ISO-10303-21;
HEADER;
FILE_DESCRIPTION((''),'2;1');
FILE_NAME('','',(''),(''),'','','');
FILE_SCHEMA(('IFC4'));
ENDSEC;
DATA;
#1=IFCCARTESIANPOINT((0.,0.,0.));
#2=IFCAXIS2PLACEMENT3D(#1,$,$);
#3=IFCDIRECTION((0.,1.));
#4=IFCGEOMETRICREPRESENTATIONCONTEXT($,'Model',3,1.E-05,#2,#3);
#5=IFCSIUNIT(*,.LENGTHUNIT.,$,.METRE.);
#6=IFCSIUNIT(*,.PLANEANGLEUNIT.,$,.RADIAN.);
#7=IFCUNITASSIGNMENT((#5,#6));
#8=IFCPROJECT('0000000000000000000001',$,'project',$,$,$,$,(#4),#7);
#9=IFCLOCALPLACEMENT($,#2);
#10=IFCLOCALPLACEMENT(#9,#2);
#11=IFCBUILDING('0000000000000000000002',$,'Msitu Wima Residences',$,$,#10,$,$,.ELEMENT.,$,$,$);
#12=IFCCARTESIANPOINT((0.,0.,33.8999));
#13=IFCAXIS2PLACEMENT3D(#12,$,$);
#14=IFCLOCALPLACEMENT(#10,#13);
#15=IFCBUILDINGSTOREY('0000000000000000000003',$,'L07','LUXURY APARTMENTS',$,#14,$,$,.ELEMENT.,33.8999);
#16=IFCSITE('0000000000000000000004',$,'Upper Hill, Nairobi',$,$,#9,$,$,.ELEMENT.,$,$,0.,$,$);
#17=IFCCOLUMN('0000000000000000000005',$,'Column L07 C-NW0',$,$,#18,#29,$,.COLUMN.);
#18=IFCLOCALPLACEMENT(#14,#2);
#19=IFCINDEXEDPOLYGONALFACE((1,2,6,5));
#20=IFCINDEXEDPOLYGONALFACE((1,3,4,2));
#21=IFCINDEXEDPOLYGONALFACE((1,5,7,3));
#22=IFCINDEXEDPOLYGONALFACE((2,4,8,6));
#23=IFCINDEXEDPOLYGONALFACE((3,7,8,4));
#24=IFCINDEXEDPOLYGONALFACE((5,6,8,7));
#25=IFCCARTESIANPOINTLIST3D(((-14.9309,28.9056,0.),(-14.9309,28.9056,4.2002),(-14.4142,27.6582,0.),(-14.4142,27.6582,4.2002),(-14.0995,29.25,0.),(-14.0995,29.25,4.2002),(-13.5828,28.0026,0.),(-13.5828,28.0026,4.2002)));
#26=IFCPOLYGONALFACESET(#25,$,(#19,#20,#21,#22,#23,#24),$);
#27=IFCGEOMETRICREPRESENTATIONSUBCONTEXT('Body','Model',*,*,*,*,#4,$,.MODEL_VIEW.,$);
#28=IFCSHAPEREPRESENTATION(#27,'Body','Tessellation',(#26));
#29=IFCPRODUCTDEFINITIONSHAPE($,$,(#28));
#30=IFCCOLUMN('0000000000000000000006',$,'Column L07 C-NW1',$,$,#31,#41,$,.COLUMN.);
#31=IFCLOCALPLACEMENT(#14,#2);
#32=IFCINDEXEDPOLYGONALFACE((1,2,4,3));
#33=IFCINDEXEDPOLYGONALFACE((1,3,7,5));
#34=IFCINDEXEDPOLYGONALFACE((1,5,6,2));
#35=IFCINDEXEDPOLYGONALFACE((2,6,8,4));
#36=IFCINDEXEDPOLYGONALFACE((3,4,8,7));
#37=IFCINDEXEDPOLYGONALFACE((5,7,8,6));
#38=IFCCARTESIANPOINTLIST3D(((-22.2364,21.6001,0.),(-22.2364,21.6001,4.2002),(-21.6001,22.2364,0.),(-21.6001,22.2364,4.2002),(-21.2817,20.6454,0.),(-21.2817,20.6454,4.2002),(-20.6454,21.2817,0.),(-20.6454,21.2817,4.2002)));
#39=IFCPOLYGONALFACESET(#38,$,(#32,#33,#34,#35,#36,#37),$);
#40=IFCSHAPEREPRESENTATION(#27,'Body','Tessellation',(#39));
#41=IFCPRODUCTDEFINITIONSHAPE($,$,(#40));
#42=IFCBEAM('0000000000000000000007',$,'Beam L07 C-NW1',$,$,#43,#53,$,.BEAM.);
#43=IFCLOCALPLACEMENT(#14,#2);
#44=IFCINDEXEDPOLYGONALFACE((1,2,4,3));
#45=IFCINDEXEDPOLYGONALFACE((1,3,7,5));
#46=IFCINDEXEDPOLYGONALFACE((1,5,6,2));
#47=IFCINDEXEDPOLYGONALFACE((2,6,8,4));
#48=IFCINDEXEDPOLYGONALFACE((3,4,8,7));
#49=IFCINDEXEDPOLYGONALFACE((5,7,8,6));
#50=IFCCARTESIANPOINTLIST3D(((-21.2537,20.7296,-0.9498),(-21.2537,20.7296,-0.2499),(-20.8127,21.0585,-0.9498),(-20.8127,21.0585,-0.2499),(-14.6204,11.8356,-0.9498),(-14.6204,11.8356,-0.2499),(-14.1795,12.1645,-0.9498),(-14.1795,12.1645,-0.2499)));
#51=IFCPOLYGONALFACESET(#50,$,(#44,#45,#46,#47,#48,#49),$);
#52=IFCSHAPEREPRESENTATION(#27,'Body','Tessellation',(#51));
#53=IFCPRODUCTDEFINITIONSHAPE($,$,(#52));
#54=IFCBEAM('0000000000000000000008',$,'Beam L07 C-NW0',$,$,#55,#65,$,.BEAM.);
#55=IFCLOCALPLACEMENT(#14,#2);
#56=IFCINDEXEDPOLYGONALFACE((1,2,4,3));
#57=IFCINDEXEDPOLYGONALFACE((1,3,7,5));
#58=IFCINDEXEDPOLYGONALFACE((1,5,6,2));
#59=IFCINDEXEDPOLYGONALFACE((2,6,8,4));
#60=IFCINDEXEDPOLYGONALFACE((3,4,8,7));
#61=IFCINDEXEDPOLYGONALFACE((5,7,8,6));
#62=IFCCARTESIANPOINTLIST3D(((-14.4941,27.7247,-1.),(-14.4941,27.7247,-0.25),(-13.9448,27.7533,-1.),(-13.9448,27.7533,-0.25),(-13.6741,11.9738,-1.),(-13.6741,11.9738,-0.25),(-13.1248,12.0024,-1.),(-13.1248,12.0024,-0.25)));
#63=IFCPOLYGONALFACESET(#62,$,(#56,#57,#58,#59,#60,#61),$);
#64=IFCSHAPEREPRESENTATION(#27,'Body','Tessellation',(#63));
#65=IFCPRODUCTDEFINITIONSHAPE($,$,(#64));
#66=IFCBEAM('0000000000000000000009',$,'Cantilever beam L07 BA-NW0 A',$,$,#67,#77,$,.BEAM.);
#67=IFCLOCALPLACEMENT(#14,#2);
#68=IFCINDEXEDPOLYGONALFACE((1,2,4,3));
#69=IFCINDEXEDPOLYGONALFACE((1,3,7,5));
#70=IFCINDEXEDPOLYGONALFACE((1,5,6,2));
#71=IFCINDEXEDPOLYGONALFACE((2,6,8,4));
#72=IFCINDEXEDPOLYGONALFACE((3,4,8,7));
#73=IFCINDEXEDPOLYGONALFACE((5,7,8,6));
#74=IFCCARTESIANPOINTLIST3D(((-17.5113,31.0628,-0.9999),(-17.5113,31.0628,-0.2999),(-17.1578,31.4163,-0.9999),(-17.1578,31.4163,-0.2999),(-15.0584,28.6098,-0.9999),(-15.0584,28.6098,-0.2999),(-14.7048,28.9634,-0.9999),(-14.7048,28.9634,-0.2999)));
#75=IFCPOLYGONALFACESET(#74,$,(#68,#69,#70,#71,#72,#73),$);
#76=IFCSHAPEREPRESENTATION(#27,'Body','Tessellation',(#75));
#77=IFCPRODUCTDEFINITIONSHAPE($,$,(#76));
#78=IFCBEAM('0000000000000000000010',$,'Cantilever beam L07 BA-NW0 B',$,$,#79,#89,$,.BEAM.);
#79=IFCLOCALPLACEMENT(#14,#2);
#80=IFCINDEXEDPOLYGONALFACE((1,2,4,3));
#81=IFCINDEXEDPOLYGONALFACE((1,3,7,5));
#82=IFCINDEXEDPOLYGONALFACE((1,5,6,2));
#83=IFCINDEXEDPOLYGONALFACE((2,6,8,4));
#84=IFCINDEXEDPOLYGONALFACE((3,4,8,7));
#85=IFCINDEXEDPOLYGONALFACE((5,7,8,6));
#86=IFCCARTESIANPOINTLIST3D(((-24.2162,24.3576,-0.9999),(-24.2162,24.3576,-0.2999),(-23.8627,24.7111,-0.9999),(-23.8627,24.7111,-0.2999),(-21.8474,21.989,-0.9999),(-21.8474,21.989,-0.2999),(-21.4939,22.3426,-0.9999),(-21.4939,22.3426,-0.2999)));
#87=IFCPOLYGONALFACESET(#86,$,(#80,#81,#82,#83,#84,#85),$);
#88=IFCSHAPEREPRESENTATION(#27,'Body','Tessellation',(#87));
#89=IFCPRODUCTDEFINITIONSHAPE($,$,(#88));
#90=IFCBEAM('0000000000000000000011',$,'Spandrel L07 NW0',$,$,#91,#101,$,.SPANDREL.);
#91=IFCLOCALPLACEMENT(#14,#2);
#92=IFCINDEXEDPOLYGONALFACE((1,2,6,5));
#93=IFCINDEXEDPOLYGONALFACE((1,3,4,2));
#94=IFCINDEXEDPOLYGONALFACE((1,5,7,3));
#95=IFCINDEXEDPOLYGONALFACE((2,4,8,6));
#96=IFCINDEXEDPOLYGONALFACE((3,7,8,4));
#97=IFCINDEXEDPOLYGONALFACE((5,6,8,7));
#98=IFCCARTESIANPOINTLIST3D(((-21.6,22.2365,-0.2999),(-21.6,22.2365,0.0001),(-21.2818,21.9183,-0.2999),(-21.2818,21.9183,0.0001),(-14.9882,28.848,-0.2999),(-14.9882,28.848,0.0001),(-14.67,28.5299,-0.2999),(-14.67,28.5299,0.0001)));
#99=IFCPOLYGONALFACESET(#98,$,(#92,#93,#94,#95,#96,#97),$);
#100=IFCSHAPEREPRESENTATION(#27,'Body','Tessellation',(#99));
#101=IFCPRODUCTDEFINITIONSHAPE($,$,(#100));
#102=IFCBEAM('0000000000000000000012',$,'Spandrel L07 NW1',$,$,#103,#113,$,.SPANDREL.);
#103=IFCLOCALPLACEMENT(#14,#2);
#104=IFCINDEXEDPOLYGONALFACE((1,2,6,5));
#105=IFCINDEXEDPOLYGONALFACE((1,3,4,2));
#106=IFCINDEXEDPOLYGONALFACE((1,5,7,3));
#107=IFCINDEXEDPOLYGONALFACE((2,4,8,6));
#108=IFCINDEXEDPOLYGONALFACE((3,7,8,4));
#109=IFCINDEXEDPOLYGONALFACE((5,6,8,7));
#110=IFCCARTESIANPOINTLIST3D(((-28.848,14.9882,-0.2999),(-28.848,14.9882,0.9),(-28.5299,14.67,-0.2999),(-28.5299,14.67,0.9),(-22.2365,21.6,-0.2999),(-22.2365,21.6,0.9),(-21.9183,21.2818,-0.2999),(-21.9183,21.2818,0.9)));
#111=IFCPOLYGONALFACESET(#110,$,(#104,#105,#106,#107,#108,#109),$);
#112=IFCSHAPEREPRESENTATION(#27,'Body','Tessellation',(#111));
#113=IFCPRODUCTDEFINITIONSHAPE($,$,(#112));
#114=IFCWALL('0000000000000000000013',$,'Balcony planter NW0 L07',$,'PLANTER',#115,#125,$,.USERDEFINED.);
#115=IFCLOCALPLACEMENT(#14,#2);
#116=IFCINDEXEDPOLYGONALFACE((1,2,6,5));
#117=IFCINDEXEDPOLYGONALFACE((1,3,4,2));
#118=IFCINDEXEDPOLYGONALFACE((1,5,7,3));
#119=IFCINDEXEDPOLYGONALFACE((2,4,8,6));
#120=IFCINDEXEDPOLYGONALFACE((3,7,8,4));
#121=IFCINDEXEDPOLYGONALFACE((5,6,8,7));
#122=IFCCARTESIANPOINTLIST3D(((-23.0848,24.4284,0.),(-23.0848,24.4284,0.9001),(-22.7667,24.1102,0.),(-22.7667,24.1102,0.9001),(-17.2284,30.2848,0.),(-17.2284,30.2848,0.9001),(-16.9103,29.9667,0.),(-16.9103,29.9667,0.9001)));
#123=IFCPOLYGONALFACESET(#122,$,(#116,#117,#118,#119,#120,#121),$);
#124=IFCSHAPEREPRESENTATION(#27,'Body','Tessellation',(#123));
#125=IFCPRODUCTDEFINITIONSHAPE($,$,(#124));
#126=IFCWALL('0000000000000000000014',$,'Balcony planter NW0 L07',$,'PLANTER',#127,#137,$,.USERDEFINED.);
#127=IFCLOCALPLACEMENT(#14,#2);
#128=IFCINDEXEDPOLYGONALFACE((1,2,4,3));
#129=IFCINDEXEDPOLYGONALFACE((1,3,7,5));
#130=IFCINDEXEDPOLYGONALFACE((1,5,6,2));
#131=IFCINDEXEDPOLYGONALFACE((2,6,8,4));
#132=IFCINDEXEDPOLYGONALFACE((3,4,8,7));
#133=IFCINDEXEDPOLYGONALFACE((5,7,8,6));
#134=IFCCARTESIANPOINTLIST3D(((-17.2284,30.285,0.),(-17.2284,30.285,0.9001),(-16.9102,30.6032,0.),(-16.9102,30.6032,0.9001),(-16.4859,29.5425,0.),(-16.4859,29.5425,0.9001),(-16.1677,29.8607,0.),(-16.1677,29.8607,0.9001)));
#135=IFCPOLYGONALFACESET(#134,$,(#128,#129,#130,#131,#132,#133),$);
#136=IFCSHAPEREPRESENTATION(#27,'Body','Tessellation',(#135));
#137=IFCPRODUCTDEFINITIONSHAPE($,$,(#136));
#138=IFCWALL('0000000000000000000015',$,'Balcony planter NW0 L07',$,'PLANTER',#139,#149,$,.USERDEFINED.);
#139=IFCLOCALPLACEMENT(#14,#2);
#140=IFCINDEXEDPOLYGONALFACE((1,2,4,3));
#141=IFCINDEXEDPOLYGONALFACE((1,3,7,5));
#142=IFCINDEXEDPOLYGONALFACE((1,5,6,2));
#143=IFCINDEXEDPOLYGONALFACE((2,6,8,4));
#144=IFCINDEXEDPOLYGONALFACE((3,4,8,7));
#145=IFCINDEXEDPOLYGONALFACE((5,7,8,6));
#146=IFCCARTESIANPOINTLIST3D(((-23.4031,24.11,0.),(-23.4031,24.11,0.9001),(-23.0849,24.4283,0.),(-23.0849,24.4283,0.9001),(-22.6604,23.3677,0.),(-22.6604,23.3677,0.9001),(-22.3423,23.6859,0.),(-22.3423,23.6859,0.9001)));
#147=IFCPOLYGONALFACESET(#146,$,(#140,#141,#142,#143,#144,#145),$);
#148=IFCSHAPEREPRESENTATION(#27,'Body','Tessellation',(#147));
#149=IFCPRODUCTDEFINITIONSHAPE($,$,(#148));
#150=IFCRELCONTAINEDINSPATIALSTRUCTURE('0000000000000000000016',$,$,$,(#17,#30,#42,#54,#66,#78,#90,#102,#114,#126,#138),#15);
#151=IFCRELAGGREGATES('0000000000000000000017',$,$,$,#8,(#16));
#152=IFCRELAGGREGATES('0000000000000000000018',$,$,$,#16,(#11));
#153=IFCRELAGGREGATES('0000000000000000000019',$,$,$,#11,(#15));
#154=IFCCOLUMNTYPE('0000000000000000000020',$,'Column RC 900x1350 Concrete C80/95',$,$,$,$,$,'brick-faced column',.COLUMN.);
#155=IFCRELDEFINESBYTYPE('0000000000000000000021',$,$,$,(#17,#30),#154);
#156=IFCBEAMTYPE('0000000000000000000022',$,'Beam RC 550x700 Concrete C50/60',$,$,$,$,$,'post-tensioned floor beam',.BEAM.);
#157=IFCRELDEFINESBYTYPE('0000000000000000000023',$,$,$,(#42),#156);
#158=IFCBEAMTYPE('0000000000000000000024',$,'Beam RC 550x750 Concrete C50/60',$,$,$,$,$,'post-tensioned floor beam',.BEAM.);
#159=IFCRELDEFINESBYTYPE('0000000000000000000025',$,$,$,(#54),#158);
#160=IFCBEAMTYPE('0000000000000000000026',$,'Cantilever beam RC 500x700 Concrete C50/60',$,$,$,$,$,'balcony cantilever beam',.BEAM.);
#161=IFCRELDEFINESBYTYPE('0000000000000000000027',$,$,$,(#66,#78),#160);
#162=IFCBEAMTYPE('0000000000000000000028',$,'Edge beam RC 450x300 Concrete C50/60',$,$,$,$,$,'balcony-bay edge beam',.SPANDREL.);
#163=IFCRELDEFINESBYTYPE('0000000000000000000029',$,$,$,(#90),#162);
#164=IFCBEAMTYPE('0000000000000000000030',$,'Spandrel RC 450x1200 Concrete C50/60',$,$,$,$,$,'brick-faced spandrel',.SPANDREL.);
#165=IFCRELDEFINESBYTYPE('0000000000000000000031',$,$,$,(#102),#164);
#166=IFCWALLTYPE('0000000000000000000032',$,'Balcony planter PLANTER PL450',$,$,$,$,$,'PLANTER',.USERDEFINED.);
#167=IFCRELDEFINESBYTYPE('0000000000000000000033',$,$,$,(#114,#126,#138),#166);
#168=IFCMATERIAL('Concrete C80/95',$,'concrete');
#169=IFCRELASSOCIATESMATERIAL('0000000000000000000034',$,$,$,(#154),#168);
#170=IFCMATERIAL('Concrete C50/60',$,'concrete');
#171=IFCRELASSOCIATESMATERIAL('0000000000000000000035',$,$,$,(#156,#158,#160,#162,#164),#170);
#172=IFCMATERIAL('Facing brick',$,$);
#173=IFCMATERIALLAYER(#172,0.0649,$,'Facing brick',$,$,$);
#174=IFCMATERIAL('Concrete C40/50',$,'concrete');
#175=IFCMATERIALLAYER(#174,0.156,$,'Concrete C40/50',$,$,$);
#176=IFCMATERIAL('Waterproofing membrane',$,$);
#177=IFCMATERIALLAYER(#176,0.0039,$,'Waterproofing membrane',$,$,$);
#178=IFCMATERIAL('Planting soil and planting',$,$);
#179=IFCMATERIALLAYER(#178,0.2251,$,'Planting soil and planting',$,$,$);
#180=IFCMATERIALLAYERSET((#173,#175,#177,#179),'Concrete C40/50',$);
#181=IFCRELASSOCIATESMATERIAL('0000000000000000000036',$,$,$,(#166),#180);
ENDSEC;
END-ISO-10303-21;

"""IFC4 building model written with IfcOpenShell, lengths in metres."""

from ifc_helpers import new_model, si_unit, direction, frame, frame_2d, origin, origin_2d, place, context, subcontext, project, spatial, rectangle, extrude, material, layer, layer_set, material_profile, profile_set, type_object, element, save


model = new_model("IFC4")

# Units and contexts
model_context = context("Model", 3, precision=1e-05, world=origin(), true_north=direction((0.0, 1.0)))
body_context = subcontext(model_context, "Body", "Model", "MODEL_VIEW")
ifc_project = project(units=[si_unit("LENGTHUNIT", "METRE"), si_unit("PLANEANGLEUNIT", "RADIAN")], contexts=[model_context])

# Site, building, storey
site_placement = place(None, origin())
site = spatial("IfcSite", under=ifc_project, at=site_placement, Name="Upper Hill, Nairobi", CompositionType="ELEMENT", RefElevation=0.0)
building_placement = place(site_placement, origin())
building = spatial("IfcBuilding", under=site, at=building_placement, Name="Msitu Wima Residences", CompositionType="ELEMENT")
storey_placement = place(building_placement, frame((0.0, 0.0, 33.8999)))
storey = spatial("IfcBuildingStorey", under=building, at=storey_placement, Name="L07", Description="LUXURY APARTMENTS", CompositionType="ELEMENT", Elevation=33.8999)

# Columns
ifc_material_1 = material(Name="Concrete C80/95", Category="concrete")
ifc_material_profile_1 = material_profile(ifc_material_1, rectangle(XDim=0.8999, YDim=1.3501, at=origin_2d()), Name="RC 900x1350")
ifc_profile_set_1 = profile_set([ifc_material_profile_1], Name="Concrete C80/95")
column_type = type_object("IfcColumnType", Name="Column RC 900x1350 Concrete C80/95", ElementType="brick-faced column", PredefinedType="COLUMN", material=ifc_profile_set_1)
for number, where, z_axis, x_axis, name in (
    (1, (-14.2568, 28.4541, 0.0), (0.0, 0.0, 1.0), (-0.92388, -0.382683, 0.0), "Column L07 C-NW0"),
    (2, (-21.4409, 21.4409, 0.0), (0.0, 0.0, 1.0), (-0.707107, -0.707107, 0.0), "Column L07 C-NW1"),
):
    element("IfcColumn", number, at=place(storey_placement, frame(where, z_axis=z_axis, x_axis=x_axis)), inside=storey, type_object=column_type, Name=name, PredefinedType="COLUMN", context=body_context, shape_type="SweptSolid", body=[
        extrude(rectangle(XDim=0.8999, YDim=1.3501, at=origin_2d()), origin(), (0.0, 0.0, 1.0), 4.2002),
    ])

# Beams
ifc_material_2 = material(Name="Concrete C50/60", Category="concrete")
ifc_material_profile_2 = material_profile(ifc_material_2, rectangle(XDim=0.55, YDim=0.7, at=origin_2d()), Name="RC 550x700")
ifc_profile_set_2 = profile_set([ifc_material_profile_2], Name="Concrete C50/60")
beam_type_1 = type_object("IfcBeamType", Name="Beam RC 550x700 Concrete C50/60", ElementType="post-tensioned floor beam", PredefinedType="BEAM", material=ifc_profile_set_2)
beam_1_placement = place(storey_placement, frame((-21.0332, 20.894, -0.5999), z_axis=(0.59785, -0.801608, 0.0), x_axis=(0.801608, 0.59785, 0.0)))
element("IfcBeam", 3, at=beam_1_placement, inside=storey, type_object=beam_type_1, Name="Beam L07 C-NW1", PredefinedType="BEAM", context=body_context, shape_type="SweptSolid", body=[
    extrude(rectangle(XDim=0.55, YDim=0.7, at=origin_2d()), origin(), (0.0, 0.0, 1.0), 11.0952),
])
ifc_material_profile_3 = material_profile(ifc_material_2, rectangle(XDim=0.55, YDim=0.75, at=origin_2d()), Name="RC 550x750")
ifc_profile_set_3 = profile_set([ifc_material_profile_3], Name="Concrete C50/60")
beam_type_2 = type_object("IfcBeamType", Name="Beam RC 550x750 Concrete C50/60", ElementType="post-tensioned floor beam", PredefinedType="BEAM", material=ifc_profile_set_3)
beam_2_placement = place(storey_placement, frame((-14.2195, 27.739, -0.625), z_axis=(0.051994, -0.998647, 0.0), x_axis=(0.998647, 0.051994, 0.0)))
element("IfcBeam", 4, at=beam_2_placement, inside=storey, type_object=beam_type_2, Name="Beam L07 C-NW0", PredefinedType="BEAM", context=body_context, shape_type="SweptSolid", body=[
    extrude(rectangle(XDim=0.55, YDim=0.75, at=origin_2d()), origin(), (0.0, 0.0, 1.0), 15.7722),
])
ifc_material_profile_4 = material_profile(ifc_material_2, rectangle(XDim=0.5, YDim=0.7, at=origin_2d()), Name="RC 500x700")
ifc_profile_set_4 = profile_set([ifc_material_profile_4], Name="Concrete C50/60")
beam_type_3 = type_object("IfcBeamType", Name="Cantilever beam RC 500x700 Concrete C50/60", ElementType="balcony cantilever beam", PredefinedType="BEAM", material=ifc_profile_set_4)
beam_3_placement = place(storey_placement, frame((-14.8816, 28.7866, -0.6499), z_axis=(-0.707107, 0.707107, 0.0), x_axis=(-0.707107, -0.707107, 0.0)))
element("IfcBeam", 5, at=beam_3_placement, inside=storey, type_object=beam_type_3, Name="Cantilever beam L07 BA-NW0 A", PredefinedType="BEAM", context=body_context, shape_type="SweptSolid", body=[
    extrude(rectangle(XDim=0.5, YDim=0.7, at=origin_2d()), origin(), (0.0, 0.0, 1.0), 3.469),
])
beam_4_placement = place(storey_placement, frame((-21.6707, 22.1658, -0.6499), z_axis=(-0.707143, 0.70707, 0.0), x_axis=(-0.70707, -0.707143, 0.0)))
element("IfcBeam", 6, at=beam_4_placement, inside=storey, type_object=beam_type_3, Name="Cantilever beam L07 BA-NW0 B", PredefinedType="BEAM", context=body_context, shape_type="SweptSolid", body=[
    extrude(rectangle(XDim=0.5, YDim=0.7, at=origin_2d()), origin(), (0.0, 0.0, 1.0), 3.3499),
])
ifc_material_profile_5 = material_profile(ifc_material_2, rectangle(XDim=0.45, YDim=0.3, at=origin_2d()), Name="RC 450x300")
ifc_profile_set_5 = profile_set([ifc_material_profile_5], Name="Concrete C50/60")
beam_type_4 = type_object("IfcBeamType", Name="Edge beam RC 450x300 Concrete C50/60", ElementType="balcony-bay edge beam", PredefinedType="SPANDREL", material=ifc_profile_set_5)
beam_5_placement = place(storey_placement, frame((-14.8291, 28.689, -0.1499), z_axis=(-0.70712, -0.707094, 0.0), x_axis=(0.707094, -0.70712, 0.0)))
element("IfcBeam", 7, at=beam_5_placement, inside=storey, type_object=beam_type_4, Name="Spandrel L07 NW0", PredefinedType="SPANDREL", context=body_context, shape_type="SweptSolid", body=[
    extrude(rectangle(XDim=0.45, YDim=0.3, at=origin_2d()), origin(), (0.0, 0.0, 1.0), 9.3503),
])
ifc_material_profile_6 = material_profile(ifc_material_2, rectangle(XDim=0.45, YDim=1.2, at=origin_2d()), Name="RC 450x1200")
ifc_profile_set_6 = profile_set([ifc_material_profile_6], Name="Concrete C50/60")
beam_type_5 = type_object("IfcBeamType", Name="Spandrel RC 450x1200 Concrete C50/60", ElementType="brick-faced spandrel", PredefinedType="SPANDREL", material=ifc_profile_set_6)
beam_6_placement = place(storey_placement, frame((-22.0774, 21.4409, 0.3), z_axis=(-0.707094, -0.70712, 0.0), x_axis=(0.70712, -0.707094, 0.0)))
element("IfcBeam", 8, at=beam_6_placement, inside=storey, type_object=beam_type_5, Name="Spandrel L07 NW1", PredefinedType="SPANDREL", context=body_context, shape_type="SweptSolid", body=[
    extrude(rectangle(XDim=0.45, YDim=1.2, at=origin_2d()), origin(), (0.0, 0.0, 1.0), 9.3503),
])

# Walls
ifc_material_3 = material(Name="Facing brick")
ifc_layer_1 = layer(ifc_material_3, 0.0649, Name="Facing brick")
ifc_material_4 = material(Name="Concrete C40/50", Category="concrete")
ifc_layer_2 = layer(ifc_material_4, 0.156, Name="Concrete C40/50")
ifc_material_5 = material(Name="Waterproofing membrane")
ifc_layer_3 = layer(ifc_material_5, 0.0039, Name="Waterproofing membrane")
ifc_material_6 = material(Name="Planting soil and planting")
ifc_layer_4 = layer(ifc_material_6, 0.2251, Name="Planting soil and planting")
ifc_layer_set_1 = layer_set([ifc_layer_1, ifc_layer_2, ifc_layer_3, ifc_layer_4], Name="Concrete C40/50")
wall_type_1 = type_object("IfcWallType", Name="Balcony planter PLANTER PL450", ElementType="PLANTER", PredefinedType="USERDEFINED", material=ifc_layer_set_1)
wall_1_placement = place(storey_placement, frame((-17.0693, 30.1257, 0.0), z_axis=(0.0, 0.0, 1.0), x_axis=(-0.707107, -0.707107, 0.0)))
element("IfcWall", 9, at=wall_1_placement, inside=storey, type_object=wall_type_1, Name="Balcony planter NW0 L07", ObjectType="PLANTER", PredefinedType="USERDEFINED", context=body_context, shape_type="SweptSolid", body=[
    extrude(rectangle(XDim=8.2822, YDim=0.45, at=frame_2d((4.1411, 0.0))), origin(), (0.0, 0.0, 1.0), 0.9001),
])
for number, where, z_axis, x_axis, name in (
    (10, (-16.3269, 29.7017, 0.0), (0.0, 0.0, 1.0), (-0.707107, 0.707107, 0.0), "Balcony planter NW0 L07"),
    (11, (-22.5015, 23.5269, 0.0), (0.0, 0.0, 1.0), (-0.707223, 0.706991, 0.0), "Balcony planter NW0 L07"),
):
    element("IfcWall", number, at=place(storey_placement, frame(where, z_axis=z_axis, x_axis=x_axis)), inside=storey, type_object=wall_type_1, Name=name, ObjectType="PLANTER", PredefinedType="USERDEFINED", context=body_context, shape_type="SweptSolid", body=[
        extrude(rectangle(XDim=1.05, YDim=0.45, at=frame_2d((0.5249, 0.0))), origin(), (0.0, 0.0, 1.0), 0.9001),
    ])

save(model, "model.ifc")
